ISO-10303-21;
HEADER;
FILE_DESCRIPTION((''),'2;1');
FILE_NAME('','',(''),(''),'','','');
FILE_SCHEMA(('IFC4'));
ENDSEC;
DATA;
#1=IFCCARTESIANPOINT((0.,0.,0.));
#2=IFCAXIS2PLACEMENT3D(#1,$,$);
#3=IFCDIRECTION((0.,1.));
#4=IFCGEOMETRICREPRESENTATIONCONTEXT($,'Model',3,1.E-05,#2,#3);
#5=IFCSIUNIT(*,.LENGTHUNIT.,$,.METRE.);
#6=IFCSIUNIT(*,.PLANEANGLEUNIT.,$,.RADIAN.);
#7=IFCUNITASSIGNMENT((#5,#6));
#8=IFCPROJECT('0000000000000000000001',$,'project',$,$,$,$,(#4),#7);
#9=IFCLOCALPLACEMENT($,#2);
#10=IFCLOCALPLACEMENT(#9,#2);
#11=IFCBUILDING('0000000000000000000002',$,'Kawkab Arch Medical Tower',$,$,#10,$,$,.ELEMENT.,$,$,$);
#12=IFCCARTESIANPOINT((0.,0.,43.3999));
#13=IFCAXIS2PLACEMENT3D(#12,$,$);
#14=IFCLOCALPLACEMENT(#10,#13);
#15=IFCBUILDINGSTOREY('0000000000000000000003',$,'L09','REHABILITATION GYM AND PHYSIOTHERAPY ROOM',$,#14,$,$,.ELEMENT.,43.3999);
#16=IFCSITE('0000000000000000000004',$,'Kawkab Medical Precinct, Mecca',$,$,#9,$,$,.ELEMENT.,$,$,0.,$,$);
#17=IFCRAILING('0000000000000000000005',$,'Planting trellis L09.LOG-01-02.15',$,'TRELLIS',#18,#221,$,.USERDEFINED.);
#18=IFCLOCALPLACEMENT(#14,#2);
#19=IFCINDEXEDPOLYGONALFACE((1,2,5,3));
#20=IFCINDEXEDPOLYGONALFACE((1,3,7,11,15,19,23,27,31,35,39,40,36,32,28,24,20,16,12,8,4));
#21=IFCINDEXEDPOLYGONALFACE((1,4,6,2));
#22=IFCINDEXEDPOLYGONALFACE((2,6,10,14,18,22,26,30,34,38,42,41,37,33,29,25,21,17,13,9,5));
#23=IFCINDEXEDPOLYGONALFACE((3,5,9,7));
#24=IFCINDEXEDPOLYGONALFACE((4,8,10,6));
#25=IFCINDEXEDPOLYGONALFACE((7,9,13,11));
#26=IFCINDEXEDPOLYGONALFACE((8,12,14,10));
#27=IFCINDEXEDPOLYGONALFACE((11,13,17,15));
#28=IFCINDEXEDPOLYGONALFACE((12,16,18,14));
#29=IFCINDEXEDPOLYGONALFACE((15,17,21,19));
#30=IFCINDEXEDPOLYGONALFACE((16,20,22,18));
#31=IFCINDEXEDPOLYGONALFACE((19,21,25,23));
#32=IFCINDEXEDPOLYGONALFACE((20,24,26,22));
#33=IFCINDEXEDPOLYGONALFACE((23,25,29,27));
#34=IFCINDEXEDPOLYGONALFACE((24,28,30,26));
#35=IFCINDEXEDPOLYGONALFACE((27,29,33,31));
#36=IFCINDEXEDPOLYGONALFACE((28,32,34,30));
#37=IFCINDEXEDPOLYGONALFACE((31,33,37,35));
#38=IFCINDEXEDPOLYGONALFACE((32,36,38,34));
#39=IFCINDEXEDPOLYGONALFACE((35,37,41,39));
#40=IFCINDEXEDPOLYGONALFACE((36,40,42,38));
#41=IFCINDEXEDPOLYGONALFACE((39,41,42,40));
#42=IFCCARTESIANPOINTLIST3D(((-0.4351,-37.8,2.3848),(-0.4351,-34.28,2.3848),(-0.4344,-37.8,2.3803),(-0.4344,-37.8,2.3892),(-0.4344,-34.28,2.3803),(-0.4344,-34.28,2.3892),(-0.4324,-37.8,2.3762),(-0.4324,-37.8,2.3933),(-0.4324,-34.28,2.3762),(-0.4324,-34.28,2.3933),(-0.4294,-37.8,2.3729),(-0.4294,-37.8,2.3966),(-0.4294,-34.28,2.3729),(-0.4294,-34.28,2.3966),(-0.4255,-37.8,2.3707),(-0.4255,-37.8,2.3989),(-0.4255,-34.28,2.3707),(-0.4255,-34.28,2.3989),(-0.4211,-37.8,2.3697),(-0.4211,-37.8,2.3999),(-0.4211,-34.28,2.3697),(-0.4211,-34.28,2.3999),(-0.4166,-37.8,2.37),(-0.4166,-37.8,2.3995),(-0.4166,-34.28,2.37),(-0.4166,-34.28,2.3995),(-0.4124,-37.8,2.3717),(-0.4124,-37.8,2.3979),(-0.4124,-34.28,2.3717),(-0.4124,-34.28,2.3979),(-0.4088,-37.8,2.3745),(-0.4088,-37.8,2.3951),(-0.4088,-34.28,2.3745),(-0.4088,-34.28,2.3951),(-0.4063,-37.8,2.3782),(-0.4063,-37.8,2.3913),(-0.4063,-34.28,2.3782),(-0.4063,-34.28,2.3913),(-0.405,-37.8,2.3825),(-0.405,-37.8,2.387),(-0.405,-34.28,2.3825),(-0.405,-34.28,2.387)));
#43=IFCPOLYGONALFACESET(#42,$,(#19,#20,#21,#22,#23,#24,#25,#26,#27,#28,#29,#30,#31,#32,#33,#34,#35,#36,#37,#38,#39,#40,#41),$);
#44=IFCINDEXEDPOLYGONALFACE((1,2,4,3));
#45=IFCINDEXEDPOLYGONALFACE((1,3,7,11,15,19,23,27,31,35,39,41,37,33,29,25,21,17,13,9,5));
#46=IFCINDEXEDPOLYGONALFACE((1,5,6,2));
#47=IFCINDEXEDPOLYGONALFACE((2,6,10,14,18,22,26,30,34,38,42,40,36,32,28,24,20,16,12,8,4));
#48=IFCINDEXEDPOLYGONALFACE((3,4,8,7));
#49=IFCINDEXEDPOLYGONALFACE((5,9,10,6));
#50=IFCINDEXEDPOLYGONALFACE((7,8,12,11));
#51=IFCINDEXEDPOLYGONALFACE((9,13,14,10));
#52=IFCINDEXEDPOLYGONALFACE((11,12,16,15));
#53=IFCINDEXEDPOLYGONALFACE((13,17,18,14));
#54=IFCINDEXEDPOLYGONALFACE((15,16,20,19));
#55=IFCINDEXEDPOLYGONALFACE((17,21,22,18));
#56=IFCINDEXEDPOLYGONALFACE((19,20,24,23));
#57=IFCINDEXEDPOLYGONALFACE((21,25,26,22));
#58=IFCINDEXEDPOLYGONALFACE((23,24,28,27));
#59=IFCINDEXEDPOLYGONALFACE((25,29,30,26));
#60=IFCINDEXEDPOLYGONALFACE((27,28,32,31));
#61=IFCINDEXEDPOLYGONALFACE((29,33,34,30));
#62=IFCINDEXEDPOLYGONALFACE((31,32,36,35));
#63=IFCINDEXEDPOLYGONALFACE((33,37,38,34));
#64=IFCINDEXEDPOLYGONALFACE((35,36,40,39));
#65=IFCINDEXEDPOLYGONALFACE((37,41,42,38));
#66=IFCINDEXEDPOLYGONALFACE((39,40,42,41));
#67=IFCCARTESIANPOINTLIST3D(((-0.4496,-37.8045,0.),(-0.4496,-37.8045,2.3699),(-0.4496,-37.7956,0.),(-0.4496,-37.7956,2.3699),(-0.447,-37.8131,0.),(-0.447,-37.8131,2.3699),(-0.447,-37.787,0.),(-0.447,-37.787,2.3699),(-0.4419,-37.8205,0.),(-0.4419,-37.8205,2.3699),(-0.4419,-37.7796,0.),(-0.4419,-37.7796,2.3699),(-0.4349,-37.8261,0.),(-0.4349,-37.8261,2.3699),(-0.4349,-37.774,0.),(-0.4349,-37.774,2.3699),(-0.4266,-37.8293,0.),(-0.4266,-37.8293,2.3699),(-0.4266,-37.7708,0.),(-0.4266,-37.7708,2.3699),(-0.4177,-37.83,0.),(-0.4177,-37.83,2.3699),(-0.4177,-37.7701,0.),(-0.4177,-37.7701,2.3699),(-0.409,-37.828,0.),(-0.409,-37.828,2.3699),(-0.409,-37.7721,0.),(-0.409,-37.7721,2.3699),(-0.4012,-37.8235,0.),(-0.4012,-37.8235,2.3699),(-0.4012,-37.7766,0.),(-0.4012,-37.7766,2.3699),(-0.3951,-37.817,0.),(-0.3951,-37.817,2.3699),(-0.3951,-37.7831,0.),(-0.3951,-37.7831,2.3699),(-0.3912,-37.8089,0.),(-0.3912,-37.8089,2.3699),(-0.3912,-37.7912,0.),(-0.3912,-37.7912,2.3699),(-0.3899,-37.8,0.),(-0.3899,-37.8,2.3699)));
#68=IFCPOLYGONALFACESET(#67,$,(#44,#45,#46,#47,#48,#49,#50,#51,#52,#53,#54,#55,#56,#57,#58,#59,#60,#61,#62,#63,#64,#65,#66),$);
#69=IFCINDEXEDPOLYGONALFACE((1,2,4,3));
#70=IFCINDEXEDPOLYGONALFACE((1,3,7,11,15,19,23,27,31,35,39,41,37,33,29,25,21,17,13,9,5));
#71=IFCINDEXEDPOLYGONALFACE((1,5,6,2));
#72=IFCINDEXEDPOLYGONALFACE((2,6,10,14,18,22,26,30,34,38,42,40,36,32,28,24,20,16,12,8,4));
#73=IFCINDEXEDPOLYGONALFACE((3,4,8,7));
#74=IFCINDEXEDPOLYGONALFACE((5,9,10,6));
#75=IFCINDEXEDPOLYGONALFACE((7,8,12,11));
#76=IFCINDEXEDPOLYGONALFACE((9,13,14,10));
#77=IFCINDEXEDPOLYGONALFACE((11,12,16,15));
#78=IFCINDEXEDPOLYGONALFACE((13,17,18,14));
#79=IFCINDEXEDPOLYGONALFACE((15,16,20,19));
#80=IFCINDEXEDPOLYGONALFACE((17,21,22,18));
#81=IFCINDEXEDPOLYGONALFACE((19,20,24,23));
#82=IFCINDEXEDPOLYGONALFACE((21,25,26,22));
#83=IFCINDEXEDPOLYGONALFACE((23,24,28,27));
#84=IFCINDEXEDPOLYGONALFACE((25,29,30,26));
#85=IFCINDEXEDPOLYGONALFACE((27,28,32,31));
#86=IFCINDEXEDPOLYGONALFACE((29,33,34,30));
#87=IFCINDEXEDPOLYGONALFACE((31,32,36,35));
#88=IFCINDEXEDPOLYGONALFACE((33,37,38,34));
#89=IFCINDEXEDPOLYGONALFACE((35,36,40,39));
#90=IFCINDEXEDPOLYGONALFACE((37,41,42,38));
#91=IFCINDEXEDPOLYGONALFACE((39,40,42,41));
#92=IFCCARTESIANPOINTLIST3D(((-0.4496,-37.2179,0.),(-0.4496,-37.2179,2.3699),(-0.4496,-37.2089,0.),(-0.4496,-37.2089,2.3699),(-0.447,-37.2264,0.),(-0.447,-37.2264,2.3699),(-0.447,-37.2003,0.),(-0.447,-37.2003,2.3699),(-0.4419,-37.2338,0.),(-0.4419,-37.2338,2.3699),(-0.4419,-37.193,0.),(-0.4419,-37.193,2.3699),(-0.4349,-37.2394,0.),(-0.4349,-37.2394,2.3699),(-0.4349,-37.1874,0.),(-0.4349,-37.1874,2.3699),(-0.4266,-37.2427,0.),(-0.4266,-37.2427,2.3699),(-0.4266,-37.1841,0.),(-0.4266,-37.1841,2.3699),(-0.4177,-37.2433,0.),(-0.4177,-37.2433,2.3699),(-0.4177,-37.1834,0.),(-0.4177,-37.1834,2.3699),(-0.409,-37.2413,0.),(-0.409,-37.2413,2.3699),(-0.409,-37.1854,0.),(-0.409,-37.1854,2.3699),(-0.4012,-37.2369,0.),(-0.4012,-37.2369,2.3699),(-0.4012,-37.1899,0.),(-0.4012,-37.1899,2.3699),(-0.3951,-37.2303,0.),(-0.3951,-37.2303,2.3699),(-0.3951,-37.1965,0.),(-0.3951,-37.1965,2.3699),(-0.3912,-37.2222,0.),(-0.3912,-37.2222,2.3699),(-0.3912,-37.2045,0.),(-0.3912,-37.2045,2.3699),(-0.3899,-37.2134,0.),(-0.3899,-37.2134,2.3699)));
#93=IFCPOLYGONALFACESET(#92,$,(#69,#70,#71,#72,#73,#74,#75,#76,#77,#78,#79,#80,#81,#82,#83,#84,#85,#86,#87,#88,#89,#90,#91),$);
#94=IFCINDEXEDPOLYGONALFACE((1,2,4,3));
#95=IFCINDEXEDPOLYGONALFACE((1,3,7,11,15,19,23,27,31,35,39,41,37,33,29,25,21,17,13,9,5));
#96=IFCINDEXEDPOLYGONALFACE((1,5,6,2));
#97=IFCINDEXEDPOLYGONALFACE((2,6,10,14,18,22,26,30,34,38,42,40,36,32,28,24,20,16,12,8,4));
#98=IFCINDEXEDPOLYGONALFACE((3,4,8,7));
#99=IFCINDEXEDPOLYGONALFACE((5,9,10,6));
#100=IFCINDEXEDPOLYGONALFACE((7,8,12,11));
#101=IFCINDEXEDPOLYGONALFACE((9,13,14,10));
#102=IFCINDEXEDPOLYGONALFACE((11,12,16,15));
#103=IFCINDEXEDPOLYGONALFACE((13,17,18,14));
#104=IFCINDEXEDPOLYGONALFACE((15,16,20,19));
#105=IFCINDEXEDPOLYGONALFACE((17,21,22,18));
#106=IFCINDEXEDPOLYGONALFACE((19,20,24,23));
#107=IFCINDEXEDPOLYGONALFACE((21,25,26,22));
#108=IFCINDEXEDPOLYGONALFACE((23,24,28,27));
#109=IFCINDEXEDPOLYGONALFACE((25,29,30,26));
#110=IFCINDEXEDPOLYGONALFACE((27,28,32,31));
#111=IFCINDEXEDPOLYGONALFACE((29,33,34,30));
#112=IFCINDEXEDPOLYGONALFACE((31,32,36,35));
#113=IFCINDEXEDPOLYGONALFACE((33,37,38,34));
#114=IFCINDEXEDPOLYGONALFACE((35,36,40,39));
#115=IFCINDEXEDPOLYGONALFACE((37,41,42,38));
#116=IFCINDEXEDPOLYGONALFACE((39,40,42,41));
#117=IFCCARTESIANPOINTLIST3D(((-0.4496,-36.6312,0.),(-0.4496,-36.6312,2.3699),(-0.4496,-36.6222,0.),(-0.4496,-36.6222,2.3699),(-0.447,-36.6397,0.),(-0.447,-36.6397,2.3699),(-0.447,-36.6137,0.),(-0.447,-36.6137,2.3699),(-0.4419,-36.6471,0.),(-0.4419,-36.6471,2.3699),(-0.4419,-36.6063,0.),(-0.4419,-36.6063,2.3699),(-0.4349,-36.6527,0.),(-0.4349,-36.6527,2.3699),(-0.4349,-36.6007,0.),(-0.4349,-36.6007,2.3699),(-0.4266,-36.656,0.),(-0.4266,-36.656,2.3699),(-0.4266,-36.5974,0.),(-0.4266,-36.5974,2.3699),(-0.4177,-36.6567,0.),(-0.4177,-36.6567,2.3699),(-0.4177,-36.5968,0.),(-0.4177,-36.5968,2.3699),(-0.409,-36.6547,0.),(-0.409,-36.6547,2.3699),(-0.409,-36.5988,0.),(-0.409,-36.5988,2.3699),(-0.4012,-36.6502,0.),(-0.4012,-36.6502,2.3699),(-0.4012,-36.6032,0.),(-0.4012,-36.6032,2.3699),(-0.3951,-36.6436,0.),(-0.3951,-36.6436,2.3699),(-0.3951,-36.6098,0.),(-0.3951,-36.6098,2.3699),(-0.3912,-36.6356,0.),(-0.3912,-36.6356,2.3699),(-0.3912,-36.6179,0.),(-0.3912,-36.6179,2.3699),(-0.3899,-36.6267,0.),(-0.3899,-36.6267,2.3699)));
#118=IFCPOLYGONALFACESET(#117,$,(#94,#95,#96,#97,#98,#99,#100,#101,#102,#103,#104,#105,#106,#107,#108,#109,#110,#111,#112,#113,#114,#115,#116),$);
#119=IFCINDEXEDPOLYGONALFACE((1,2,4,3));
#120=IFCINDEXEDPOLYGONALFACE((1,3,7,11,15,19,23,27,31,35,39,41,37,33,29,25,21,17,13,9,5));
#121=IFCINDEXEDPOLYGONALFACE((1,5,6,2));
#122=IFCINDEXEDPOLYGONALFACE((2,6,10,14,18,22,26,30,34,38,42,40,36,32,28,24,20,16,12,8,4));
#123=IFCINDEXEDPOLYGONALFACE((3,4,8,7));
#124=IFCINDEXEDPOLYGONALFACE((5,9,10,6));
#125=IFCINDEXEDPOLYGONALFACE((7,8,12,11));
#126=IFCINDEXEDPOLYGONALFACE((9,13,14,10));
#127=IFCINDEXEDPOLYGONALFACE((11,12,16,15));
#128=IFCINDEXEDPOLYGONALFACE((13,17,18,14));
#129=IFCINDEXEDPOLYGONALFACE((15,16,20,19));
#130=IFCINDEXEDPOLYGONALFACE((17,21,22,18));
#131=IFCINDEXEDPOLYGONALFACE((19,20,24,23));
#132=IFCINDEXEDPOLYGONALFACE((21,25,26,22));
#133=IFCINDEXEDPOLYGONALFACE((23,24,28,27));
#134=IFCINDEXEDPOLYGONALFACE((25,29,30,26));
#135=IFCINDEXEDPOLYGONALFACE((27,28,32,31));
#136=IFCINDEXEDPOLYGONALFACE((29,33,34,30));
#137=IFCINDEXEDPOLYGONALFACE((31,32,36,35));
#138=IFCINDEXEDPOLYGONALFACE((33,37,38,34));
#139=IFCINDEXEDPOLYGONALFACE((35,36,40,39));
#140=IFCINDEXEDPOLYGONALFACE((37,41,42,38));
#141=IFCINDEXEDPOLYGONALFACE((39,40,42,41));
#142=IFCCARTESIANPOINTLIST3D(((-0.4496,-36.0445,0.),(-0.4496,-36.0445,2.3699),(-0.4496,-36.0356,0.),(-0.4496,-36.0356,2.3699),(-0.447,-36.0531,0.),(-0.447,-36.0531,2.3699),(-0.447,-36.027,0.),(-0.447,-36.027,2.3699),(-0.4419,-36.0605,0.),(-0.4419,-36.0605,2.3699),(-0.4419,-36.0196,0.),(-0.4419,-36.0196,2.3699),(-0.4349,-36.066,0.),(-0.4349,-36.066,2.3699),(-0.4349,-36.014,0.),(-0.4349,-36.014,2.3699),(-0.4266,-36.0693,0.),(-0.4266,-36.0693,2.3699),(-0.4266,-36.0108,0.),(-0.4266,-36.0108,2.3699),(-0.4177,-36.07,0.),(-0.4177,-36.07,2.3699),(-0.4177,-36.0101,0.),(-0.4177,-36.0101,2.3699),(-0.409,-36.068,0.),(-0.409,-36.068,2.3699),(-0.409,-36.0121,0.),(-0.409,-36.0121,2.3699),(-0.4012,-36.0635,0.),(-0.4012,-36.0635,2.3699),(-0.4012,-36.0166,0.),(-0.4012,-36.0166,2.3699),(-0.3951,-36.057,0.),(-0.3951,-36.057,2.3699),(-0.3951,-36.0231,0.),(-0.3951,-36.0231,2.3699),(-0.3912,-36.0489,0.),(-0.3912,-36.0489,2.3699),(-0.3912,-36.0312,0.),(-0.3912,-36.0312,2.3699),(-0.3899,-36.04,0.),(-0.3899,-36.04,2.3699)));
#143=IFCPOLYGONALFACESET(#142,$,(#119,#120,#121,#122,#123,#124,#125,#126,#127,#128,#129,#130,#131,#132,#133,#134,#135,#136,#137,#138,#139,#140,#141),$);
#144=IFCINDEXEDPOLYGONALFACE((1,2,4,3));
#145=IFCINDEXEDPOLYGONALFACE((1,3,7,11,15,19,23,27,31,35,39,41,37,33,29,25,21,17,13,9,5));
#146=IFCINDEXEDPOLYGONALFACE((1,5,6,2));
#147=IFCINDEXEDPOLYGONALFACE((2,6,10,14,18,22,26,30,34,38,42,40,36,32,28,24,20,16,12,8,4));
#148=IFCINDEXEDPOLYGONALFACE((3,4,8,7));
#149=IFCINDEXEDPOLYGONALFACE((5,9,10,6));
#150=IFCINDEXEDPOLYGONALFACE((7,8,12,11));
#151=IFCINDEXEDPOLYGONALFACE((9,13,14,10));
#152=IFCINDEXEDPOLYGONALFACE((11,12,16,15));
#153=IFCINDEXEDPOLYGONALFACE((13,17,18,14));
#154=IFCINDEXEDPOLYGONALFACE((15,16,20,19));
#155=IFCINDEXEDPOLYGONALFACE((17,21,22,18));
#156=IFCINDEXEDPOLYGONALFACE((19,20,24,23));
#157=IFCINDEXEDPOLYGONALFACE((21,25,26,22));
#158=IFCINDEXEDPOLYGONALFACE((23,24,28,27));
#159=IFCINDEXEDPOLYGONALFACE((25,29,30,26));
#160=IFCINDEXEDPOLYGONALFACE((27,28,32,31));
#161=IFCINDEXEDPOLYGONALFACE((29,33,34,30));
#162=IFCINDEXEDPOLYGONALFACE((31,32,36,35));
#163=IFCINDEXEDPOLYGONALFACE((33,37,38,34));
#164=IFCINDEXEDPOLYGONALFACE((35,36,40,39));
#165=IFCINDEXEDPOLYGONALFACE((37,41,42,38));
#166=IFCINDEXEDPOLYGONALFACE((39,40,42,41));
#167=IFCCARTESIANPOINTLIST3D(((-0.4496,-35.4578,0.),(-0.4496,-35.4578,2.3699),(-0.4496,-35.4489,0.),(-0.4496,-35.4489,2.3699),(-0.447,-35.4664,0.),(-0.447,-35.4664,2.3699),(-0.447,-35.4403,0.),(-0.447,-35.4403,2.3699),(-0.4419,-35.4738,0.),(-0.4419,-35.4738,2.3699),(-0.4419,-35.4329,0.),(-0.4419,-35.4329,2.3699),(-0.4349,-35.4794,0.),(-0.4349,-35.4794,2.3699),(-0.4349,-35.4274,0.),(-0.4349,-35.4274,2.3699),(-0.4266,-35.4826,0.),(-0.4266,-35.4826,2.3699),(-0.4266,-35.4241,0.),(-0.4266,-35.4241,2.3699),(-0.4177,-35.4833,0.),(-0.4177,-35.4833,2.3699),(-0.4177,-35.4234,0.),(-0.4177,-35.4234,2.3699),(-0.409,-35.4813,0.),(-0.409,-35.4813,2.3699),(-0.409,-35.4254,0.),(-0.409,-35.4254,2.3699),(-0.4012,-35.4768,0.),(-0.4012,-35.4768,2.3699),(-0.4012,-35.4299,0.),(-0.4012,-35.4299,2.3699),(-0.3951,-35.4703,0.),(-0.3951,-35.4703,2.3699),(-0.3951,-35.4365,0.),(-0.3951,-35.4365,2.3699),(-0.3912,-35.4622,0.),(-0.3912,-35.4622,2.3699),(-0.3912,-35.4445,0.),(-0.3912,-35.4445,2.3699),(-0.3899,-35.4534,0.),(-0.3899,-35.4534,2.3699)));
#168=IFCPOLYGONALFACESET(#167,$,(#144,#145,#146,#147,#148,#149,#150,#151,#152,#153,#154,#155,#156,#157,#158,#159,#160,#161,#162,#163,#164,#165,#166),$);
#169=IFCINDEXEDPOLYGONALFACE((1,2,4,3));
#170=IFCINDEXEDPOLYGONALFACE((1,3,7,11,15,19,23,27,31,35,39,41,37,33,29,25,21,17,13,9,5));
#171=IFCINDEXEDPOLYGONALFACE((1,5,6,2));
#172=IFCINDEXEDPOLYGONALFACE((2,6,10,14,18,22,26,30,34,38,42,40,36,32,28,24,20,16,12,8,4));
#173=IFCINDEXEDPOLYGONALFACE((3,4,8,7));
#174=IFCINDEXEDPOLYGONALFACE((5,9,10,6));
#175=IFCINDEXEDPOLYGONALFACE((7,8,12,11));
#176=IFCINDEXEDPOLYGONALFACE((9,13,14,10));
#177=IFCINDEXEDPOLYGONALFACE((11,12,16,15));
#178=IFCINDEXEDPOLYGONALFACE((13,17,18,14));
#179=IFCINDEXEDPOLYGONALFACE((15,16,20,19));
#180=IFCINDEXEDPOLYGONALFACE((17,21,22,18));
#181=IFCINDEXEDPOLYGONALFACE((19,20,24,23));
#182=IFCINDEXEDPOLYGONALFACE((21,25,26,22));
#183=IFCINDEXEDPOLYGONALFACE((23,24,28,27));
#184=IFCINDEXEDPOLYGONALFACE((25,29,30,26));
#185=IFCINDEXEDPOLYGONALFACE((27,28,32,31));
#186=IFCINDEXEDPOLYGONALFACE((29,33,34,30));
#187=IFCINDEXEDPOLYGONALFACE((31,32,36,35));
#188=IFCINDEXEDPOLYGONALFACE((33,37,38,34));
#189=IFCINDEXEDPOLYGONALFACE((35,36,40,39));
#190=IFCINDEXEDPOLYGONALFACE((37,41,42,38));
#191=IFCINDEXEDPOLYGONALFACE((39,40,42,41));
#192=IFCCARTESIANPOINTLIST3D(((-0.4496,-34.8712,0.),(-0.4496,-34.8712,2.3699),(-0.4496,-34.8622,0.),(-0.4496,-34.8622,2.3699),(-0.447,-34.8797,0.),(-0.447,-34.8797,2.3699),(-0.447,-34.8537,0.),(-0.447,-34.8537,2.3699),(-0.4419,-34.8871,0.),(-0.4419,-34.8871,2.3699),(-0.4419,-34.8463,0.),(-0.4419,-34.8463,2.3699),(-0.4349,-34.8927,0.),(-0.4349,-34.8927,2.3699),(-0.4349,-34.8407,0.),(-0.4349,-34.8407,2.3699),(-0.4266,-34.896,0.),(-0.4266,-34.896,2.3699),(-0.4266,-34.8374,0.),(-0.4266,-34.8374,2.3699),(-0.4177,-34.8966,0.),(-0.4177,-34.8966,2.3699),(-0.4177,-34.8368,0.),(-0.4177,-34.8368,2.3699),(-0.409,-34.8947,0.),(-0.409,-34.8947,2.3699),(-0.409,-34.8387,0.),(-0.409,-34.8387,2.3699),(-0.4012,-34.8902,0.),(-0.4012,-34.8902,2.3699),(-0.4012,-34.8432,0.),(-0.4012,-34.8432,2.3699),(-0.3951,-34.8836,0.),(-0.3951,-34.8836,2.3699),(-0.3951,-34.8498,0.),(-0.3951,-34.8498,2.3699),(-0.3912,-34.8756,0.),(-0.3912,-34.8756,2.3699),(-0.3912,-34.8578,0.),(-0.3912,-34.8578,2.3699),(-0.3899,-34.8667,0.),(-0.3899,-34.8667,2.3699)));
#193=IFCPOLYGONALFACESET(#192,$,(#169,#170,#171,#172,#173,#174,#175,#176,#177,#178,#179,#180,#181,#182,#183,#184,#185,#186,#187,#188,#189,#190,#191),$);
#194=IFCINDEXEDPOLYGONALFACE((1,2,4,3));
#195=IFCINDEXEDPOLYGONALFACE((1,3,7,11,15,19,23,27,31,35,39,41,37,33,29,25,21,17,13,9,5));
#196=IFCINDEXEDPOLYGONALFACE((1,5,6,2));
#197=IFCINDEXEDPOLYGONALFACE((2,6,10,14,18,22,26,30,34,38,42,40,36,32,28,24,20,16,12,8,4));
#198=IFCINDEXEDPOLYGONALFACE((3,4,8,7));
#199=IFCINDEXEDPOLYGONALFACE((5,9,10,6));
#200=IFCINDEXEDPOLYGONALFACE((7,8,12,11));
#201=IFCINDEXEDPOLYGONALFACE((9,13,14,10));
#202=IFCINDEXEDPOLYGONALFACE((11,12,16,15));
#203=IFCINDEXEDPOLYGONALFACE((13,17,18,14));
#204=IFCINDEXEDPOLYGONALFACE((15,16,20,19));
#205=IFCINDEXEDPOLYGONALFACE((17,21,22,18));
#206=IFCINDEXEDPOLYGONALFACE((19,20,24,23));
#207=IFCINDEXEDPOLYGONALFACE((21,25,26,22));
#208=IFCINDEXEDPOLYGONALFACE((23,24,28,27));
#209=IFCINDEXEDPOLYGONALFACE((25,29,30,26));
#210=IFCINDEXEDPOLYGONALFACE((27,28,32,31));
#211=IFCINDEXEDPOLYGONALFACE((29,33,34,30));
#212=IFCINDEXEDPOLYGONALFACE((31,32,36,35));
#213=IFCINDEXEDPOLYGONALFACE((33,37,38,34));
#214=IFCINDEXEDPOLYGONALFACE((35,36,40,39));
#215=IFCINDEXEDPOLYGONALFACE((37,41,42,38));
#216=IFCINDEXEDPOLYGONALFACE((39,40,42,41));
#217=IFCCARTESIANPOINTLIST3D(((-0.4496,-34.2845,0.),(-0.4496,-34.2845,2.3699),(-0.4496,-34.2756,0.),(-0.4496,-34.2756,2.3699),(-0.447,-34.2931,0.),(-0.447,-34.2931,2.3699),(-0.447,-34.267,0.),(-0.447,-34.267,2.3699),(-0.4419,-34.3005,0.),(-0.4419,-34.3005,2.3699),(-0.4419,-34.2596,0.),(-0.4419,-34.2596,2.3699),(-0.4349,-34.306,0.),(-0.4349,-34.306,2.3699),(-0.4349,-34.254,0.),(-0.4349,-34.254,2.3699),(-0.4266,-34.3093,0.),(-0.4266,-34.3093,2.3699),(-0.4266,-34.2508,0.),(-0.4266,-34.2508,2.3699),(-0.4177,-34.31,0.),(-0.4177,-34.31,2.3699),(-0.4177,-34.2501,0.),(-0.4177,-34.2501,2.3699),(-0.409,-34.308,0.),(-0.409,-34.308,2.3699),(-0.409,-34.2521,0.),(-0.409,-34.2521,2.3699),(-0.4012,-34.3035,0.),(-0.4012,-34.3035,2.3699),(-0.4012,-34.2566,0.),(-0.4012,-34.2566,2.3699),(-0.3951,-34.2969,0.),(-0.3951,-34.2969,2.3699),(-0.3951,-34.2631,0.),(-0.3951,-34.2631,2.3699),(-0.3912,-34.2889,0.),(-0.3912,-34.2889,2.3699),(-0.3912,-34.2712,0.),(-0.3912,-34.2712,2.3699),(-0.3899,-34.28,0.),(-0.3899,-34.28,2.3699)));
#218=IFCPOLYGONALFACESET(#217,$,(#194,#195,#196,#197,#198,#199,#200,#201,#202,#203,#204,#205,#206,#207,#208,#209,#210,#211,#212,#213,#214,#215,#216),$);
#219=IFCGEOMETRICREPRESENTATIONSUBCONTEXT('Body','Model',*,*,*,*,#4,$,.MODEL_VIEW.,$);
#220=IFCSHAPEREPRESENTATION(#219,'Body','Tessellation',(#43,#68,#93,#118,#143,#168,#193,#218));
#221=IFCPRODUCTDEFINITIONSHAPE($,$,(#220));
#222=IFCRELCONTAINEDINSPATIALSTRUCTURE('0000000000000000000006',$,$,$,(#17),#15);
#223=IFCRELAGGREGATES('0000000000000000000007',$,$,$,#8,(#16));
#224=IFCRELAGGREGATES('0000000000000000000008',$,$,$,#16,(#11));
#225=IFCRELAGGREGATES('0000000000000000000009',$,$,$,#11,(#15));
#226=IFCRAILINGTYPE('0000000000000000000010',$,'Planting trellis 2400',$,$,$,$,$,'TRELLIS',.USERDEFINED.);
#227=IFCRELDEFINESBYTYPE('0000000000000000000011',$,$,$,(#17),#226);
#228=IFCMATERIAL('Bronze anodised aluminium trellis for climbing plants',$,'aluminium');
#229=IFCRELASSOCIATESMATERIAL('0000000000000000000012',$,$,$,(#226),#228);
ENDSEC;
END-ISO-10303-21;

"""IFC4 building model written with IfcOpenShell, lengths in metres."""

from ifc_helpers import new_model, si_unit, direction, frame, origin, origin_2d, place, context, subcontext, project, spatial, circle, extrude, material, type_object, element, save


model = new_model("IFC4")

# Units and contexts
model_context = context("Model", 3, precision=1e-05, world=origin(), true_north=direction((0.0, 1.0)))
body_context = subcontext(model_context, "Body", "Model", "MODEL_VIEW")
ifc_project = project(units=[si_unit("LENGTHUNIT", "METRE"), si_unit("PLANEANGLEUNIT", "RADIAN")], contexts=[model_context])

# Site, building, storey
site_placement = place(None, origin())
site = spatial("IfcSite", under=ifc_project, at=site_placement, Name="Kawkab Medical Precinct, Mecca", CompositionType="ELEMENT", RefElevation=0.0)
building_placement = place(site_placement, origin())
building = spatial("IfcBuilding", under=site, at=building_placement, Name="Kawkab Arch Medical Tower", CompositionType="ELEMENT")
storey_placement = place(building_placement, frame((0.0, 0.0, 43.3999)))
storey = spatial("IfcBuildingStorey", under=building, at=storey_placement, Name="L09", Description="REHABILITATION GYM AND PHYSIOTHERAPY ROOM", CompositionType="ELEMENT", Elevation=43.3999)

# Railing
ifc_material_1 = material(Name="Bronze anodised aluminium trellis for climbing plants", Category="aluminium")
railing_type_1 = type_object("IfcRailingType", Name="Planting trellis 2400", ElementType="TRELLIS", PredefinedType="USERDEFINED", material=ifc_material_1)
railing_1_placement = place(storey_placement, frame((-0.4199, -37.8, 0.0)))
element("IfcRailing", 1, at=railing_1_placement, inside=storey, type_object=railing_type_1, Name="Planting trellis L09.LOG-01-02.15", ObjectType="TRELLIS", PredefinedType="USERDEFINED", context=body_context, shape_type="SweptSolid", body=[
    extrude(circle(Radius=0.0151, at=origin_2d()), frame((0.0, 0.0, 2.3848), z_axis=(0.0, 1.0, 0.0), x_axis=(-1.0, 0.0, 0.0)), (0.0, 0.0, 1.0), 3.52),
    extrude(circle(Radius=0.03, at=origin_2d()), origin(), (0.0, 0.0, 1.0), 2.3699),
    extrude(circle(Radius=0.03, at=origin_2d()), frame((0.0, 0.5867, 0.0)), (0.0, 0.0, 1.0), 2.3699),
    extrude(circle(Radius=0.03, at=origin_2d()), frame((0.0, 1.1733, 0.0)), (0.0, 0.0, 1.0), 2.3699),
    extrude(circle(Radius=0.03, at=origin_2d()), frame((0.0, 1.76, 0.0)), (0.0, 0.0, 1.0), 2.3699),
    extrude(circle(Radius=0.03, at=origin_2d()), frame((0.0, 2.3467, 0.0)), (0.0, 0.0, 1.0), 2.3699),
    extrude(circle(Radius=0.03, at=origin_2d()), frame((0.0, 2.9333, 0.0)), (0.0, 0.0, 1.0), 2.3699),
    extrude(circle(Radius=0.03, at=origin_2d()), frame((0.0, 3.52, 0.0)), (0.0, 0.0, 1.0), 2.3699),
])

save(model, "model.ifc")
